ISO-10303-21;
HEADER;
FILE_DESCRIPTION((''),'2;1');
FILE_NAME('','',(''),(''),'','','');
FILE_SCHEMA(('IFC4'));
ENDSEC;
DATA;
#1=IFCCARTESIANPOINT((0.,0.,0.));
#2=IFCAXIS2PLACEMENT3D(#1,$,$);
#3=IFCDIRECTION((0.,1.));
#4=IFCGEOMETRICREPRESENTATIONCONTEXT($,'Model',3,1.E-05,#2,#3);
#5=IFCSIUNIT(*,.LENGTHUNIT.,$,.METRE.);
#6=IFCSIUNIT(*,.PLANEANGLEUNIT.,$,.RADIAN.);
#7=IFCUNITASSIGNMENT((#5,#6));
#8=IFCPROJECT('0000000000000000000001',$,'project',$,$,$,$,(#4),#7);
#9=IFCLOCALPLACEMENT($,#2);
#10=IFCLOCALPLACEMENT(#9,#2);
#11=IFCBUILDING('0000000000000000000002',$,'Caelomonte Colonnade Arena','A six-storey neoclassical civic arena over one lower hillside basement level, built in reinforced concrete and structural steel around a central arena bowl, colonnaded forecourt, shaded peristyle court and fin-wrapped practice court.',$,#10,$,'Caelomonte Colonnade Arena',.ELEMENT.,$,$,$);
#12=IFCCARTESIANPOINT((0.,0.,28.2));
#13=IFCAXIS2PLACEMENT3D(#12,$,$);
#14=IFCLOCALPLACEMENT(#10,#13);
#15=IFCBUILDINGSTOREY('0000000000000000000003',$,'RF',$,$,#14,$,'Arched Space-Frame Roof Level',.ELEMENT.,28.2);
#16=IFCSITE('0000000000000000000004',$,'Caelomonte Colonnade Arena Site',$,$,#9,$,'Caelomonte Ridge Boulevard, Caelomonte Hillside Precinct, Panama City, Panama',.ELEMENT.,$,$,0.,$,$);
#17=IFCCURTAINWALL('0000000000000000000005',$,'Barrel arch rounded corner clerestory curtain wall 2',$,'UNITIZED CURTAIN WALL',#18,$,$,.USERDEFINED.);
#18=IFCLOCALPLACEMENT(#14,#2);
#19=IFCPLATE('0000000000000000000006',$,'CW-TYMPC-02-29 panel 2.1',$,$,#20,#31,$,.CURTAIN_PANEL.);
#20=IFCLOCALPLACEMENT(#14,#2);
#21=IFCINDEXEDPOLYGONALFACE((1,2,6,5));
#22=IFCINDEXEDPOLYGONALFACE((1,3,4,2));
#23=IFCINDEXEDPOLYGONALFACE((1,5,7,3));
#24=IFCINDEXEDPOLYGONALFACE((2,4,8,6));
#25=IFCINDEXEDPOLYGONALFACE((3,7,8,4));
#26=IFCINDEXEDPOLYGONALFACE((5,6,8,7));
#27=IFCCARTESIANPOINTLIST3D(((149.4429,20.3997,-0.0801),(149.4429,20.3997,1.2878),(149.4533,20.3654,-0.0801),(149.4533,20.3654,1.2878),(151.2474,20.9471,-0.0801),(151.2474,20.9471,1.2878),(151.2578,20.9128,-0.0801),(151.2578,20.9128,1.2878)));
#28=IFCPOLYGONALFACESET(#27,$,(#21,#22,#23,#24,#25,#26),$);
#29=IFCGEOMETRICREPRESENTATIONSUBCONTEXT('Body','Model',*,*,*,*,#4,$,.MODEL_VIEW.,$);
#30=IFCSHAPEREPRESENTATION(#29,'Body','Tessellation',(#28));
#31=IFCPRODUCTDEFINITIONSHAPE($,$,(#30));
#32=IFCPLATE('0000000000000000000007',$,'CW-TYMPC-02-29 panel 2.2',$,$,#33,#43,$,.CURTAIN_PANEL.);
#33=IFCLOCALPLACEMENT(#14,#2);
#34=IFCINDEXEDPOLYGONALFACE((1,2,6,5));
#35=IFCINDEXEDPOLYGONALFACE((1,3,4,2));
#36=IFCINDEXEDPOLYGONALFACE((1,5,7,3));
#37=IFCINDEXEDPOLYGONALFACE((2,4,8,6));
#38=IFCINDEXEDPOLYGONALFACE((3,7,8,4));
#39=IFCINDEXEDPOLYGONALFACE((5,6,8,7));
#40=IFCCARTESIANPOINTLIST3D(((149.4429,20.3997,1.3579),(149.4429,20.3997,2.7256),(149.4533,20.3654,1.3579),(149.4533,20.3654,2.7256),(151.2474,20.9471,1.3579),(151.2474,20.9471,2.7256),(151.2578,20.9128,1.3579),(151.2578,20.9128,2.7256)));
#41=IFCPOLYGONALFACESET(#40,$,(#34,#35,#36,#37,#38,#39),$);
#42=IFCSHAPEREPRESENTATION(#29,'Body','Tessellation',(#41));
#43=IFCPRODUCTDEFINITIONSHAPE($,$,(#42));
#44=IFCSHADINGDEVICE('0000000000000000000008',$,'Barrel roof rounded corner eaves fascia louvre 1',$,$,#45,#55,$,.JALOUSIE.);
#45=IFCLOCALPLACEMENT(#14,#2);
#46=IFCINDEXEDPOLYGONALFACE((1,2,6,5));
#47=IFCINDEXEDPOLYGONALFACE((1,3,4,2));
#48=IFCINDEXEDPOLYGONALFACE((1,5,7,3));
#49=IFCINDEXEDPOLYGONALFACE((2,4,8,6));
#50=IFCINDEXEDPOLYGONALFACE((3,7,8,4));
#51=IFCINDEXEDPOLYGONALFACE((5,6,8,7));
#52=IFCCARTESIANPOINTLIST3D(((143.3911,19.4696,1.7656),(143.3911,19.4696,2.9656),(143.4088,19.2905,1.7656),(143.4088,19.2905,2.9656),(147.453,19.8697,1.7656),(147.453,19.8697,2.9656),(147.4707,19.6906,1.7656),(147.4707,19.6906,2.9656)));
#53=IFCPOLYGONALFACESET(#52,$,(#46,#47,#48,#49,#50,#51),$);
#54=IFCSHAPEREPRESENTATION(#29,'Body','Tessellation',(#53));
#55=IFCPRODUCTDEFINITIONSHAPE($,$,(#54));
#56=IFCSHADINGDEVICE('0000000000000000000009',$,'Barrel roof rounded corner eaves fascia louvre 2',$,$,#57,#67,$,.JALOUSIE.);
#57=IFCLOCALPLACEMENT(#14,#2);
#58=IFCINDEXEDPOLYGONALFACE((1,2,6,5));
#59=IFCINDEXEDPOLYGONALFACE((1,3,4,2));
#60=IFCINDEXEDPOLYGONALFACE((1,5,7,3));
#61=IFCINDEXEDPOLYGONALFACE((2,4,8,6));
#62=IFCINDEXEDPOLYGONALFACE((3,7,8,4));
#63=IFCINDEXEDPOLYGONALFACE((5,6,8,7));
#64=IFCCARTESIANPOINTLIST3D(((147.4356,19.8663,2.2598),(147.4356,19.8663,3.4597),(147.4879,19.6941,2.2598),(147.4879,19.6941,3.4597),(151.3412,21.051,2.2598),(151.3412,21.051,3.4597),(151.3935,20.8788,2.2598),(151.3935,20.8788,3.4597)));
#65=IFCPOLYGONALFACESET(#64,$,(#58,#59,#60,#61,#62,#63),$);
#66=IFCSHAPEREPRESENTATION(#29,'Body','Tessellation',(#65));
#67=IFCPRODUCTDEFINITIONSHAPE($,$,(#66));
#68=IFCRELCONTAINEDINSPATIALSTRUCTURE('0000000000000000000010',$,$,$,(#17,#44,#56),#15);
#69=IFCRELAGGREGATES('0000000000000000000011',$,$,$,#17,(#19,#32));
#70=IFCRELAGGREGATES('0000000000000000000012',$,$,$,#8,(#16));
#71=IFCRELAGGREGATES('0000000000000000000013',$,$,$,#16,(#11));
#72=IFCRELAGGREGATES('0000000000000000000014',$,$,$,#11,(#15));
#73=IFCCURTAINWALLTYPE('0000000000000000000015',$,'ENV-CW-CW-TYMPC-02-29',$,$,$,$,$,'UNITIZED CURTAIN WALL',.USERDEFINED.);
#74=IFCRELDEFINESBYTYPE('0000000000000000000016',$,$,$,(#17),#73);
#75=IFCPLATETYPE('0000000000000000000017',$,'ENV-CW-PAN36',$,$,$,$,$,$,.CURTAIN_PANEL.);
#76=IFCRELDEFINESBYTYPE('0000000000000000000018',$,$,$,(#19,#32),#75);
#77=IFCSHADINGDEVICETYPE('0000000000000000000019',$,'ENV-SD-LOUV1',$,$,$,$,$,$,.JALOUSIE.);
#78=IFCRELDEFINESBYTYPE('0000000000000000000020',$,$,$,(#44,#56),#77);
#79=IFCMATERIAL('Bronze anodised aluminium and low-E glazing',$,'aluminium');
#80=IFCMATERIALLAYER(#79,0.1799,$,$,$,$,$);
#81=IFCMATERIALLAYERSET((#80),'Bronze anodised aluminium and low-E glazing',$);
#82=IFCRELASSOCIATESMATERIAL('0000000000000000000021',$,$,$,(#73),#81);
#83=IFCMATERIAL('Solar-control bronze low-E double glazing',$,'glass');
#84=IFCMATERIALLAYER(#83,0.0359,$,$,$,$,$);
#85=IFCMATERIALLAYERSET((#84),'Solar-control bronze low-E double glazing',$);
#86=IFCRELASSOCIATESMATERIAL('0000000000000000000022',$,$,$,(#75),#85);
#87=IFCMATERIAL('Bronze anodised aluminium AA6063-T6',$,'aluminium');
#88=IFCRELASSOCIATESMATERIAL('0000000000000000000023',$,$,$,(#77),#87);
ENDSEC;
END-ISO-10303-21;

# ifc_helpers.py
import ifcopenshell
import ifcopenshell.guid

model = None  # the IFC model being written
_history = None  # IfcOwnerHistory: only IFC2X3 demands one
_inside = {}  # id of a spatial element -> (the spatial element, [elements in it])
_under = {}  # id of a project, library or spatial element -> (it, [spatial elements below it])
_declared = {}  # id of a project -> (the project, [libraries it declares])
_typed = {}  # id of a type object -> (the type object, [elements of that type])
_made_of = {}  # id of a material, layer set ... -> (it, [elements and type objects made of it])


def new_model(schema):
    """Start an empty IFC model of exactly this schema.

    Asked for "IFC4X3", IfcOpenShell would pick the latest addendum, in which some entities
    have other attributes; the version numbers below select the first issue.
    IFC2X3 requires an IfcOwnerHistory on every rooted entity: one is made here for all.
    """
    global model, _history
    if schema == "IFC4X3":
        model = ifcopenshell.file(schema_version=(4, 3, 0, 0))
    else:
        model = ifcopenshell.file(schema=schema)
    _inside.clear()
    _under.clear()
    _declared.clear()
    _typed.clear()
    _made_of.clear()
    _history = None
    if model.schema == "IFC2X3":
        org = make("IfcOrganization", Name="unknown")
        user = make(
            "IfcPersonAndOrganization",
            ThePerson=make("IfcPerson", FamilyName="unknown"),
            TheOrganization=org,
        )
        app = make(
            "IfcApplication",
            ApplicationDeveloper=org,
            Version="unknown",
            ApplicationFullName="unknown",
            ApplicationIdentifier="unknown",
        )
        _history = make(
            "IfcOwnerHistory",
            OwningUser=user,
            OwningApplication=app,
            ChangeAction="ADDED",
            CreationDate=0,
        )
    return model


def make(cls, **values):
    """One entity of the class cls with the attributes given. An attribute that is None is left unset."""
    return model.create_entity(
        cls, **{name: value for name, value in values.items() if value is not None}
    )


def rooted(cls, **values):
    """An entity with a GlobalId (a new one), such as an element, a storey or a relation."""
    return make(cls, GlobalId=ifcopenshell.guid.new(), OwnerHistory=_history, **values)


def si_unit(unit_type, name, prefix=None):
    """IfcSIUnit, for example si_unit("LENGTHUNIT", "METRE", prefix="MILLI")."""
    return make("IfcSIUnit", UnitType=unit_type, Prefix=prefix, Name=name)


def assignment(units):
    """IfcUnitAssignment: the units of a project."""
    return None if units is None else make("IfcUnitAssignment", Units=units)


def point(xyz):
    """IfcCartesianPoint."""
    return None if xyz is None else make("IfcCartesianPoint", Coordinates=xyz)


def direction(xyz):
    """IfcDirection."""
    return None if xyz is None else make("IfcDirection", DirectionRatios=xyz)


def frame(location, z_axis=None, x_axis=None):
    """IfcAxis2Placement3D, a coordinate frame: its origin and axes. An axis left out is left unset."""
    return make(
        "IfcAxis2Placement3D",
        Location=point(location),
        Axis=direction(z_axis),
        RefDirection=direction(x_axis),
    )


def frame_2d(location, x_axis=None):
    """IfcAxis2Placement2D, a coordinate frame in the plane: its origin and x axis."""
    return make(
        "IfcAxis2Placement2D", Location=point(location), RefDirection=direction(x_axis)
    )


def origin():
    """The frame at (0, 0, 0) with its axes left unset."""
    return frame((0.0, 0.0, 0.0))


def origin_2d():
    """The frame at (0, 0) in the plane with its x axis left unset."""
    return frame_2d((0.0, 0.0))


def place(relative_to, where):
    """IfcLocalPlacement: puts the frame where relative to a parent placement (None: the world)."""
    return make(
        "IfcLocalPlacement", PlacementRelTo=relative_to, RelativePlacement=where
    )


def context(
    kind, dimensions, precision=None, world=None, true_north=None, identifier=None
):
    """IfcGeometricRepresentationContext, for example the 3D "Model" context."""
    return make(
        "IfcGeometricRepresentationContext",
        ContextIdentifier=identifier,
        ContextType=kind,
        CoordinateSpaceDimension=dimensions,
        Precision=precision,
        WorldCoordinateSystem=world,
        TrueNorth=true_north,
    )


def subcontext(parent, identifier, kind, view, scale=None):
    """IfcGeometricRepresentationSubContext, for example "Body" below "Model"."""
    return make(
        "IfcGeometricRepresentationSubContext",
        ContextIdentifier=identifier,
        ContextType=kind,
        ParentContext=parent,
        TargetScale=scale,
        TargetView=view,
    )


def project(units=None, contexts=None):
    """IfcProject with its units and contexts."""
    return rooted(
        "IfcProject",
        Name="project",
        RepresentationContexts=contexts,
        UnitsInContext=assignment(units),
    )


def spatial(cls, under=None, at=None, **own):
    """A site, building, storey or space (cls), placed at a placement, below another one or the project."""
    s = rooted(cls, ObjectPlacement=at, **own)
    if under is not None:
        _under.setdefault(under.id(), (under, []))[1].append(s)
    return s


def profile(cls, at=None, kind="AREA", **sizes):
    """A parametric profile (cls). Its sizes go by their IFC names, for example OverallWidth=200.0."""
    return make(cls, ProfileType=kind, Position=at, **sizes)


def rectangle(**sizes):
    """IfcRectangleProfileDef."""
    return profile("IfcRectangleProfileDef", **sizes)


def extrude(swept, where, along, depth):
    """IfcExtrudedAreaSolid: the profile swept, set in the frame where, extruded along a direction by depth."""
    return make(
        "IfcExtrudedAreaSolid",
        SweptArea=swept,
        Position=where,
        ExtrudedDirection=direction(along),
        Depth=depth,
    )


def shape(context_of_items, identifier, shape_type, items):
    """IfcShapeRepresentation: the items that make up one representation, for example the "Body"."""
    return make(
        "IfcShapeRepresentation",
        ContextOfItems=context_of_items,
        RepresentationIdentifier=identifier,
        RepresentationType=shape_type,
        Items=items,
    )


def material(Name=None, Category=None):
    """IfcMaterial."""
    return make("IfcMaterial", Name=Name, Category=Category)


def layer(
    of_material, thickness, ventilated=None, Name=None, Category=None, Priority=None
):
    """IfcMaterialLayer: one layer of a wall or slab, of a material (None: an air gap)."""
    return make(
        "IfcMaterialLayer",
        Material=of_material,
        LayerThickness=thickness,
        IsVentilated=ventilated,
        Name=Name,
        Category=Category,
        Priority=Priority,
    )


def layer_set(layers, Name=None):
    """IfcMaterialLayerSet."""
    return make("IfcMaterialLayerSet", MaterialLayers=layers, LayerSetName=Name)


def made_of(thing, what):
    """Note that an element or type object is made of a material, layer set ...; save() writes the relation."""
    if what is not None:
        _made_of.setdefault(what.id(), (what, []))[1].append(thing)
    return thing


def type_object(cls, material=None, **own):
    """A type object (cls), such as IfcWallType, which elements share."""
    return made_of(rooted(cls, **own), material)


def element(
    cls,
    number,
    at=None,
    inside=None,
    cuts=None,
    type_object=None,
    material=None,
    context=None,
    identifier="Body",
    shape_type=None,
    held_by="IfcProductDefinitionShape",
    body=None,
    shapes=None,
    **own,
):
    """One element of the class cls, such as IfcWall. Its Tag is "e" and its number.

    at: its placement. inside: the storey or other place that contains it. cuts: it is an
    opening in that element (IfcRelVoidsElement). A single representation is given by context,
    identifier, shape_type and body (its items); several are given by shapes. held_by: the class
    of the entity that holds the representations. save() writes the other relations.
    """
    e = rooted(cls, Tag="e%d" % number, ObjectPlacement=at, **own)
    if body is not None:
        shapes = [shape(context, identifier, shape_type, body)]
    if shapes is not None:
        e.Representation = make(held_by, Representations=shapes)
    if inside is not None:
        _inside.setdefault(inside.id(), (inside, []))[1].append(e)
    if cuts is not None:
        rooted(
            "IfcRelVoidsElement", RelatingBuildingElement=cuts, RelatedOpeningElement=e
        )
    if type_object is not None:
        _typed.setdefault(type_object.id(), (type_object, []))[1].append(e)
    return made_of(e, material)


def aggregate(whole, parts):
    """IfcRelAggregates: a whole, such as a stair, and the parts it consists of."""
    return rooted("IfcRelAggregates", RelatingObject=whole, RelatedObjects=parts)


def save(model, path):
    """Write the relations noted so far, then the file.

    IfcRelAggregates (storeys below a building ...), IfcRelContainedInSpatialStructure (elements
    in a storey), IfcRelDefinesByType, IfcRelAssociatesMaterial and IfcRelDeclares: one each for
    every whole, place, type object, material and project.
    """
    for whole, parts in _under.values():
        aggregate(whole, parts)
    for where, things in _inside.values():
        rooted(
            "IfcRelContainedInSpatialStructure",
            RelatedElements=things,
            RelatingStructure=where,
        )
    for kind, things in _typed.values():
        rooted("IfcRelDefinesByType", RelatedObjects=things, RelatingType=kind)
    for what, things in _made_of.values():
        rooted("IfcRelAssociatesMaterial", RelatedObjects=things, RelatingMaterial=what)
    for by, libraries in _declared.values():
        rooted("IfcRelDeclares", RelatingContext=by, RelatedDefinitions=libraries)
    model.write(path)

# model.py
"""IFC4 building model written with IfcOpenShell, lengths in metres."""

from ifc_helpers import new_model, si_unit, direction, frame, origin, origin_2d, place, context, subcontext, project, spatial, rectangle, extrude, material, layer, layer_set, type_object, element, aggregate, save


model = new_model("IFC4")

# Units and contexts
model_context = context("Model", 3, precision=1e-05, world=origin(), true_north=direction((0.0, 1.0)))
body_context = subcontext(model_context, "Body", "Model", "MODEL_VIEW")
ifc_project = project(units=[si_unit("LENGTHUNIT", "METRE"), si_unit("PLANEANGLEUNIT", "RADIAN")], contexts=[model_context])

# Site, building, storey
site_placement = place(None, origin())
site = spatial("IfcSite", under=ifc_project, at=site_placement, Name="Caelomonte Colonnade Arena Site", LongName="Caelomonte Ridge Boulevard, Caelomonte Hillside Precinct, Panama City, Panama", CompositionType="ELEMENT", RefElevation=0.0)
building_placement = place(site_placement, origin())
building = spatial("IfcBuilding", under=site, at=building_placement, Name="Caelomonte Colonnade Arena", Description="A six-storey neoclassical civic arena over one lower hillside basement level, built in reinforced concrete and structural steel around a central arena bowl, colonnaded forecourt, shaded peristyle court and fin-wrapped practice court.", LongName="Caelomonte Colonnade Arena", CompositionType="ELEMENT")
storey_placement = place(building_placement, frame((0.0, 0.0, 28.2)))
storey = spatial("IfcBuildingStorey", under=building, at=storey_placement, Name="RF", LongName="Arched Space-Frame Roof Level", CompositionType="ELEMENT", Elevation=28.2)

# Curtain wall
ifc_material_1 = material(Name="Bronze anodised aluminium and low-E glazing", Category="aluminium")
ifc_material_2 = material(Name="Bronze anodised aluminium AA6063-T6", Category="aluminium")
ifc_layer_1 = layer(ifc_material_1, 0.1799)
ifc_layer_set_1 = layer_set([ifc_layer_1], Name="Bronze anodised aluminium and low-E glazing")
curtain_wall_type_1 = type_object("IfcCurtainWallType", Name="ENV-CW-CW-TYMPC-02-29", ElementType="UNITIZED CURTAIN WALL", PredefinedType="USERDEFINED", material=ifc_layer_set_1)
curtain_wall_1_placement = place(storey_placement, origin())
curtain_wall_1 = element("IfcCurtainWall", 1, at=curtain_wall_1_placement, inside=storey, type_object=curtain_wall_type_1, Name="Barrel arch rounded corner clerestory curtain wall 2", ObjectType="UNITIZED CURTAIN WALL", PredefinedType="USERDEFINED")

# Plates
ifc_material_3 = material(Name="Solar-control bronze low-E double glazing", Category="glass")
ifc_layer_2 = layer(ifc_material_3, 0.0359)
ifc_layer_set_2 = layer_set([ifc_layer_2], Name="Solar-control bronze low-E double glazing")
plate_type = type_object("IfcPlateType", Name="ENV-CW-PAN36", PredefinedType="CURTAIN_PANEL", material=ifc_layer_set_2)
plate_1_placement = place(storey_placement, frame((150.3503, 20.6562, -0.0801), z_axis=(0.0, 0.0, 1.0), x_axis=(0.956946, 0.290266, 0.0)))
plate_1 = element("IfcPlate", 2, at=plate_1_placement, type_object=plate_type, Name="CW-TYMPC-02-29 panel 2.1", PredefinedType="CURTAIN_PANEL", context=body_context, shape_type="SweptSolid", body=[
    extrude(rectangle(XDim=1.8857, YDim=0.0359, at=origin_2d()), origin(), (0.0, 0.0, 1.0), 1.3679),
])
plate_2_placement = place(storey_placement, frame((150.3503, 20.6562, 1.3579), z_axis=(0.0, 0.0, 1.0), x_axis=(0.956946, 0.290266, 0.0)))
plate_2 = element("IfcPlate", 3, at=plate_2_placement, type_object=plate_type, Name="CW-TYMPC-02-29 panel 2.2", PredefinedType="CURTAIN_PANEL", context=body_context, shape_type="SweptSolid", body=[
    extrude(rectangle(XDim=1.8857, YDim=0.0359, at=origin_2d()), origin(), (0.0, 0.0, 1.0), 1.3677),
])
aggregate(curtain_wall_1, [plate_1, plate_2])

# Shading devices
shading_device_type = type_object("IfcShadingDeviceType", Name="ENV-SD-LOUV1", PredefinedType="JALOUSIE", material=ifc_material_2)
shading_device_1_placement = place(storey_placement, frame((145.4309, 19.5801, 1.7656), z_axis=(0.0, 0.0, 1.0), x_axis=(0.995184, 0.098029, 0.0)))
element("IfcShadingDevice", 4, at=shading_device_1_placement, inside=storey, type_object=shading_device_type, Name="Barrel roof rounded corner eaves fascia louvre 1", PredefinedType="JALOUSIE", context=body_context, shape_type="SweptSolid", body=[
    extrude(rectangle(XDim=4.0815, YDim=0.1799, at=origin_2d()), origin(), (0.0, 0.0, 1.0), 1.2),
])
shading_device_2_placement = place(storey_placement, frame((149.4146, 20.3726, 2.2598), z_axis=(0.0, 0.0, 1.0), x_axis=(0.956946, 0.290266, 0.0)))
element("IfcShadingDevice", 5, at=shading_device_2_placement, inside=storey, type_object=shading_device_type, Name="Barrel roof rounded corner eaves fascia louvre 2", PredefinedType="JALOUSIE", context=body_context, shape_type="SweptSolid", body=[
    extrude(rectangle(XDim=4.0813, YDim=0.1799, at=origin_2d()), origin(), (0.0, 0.0, 1.0), 1.2),
])

save(model, "model.ifc")
